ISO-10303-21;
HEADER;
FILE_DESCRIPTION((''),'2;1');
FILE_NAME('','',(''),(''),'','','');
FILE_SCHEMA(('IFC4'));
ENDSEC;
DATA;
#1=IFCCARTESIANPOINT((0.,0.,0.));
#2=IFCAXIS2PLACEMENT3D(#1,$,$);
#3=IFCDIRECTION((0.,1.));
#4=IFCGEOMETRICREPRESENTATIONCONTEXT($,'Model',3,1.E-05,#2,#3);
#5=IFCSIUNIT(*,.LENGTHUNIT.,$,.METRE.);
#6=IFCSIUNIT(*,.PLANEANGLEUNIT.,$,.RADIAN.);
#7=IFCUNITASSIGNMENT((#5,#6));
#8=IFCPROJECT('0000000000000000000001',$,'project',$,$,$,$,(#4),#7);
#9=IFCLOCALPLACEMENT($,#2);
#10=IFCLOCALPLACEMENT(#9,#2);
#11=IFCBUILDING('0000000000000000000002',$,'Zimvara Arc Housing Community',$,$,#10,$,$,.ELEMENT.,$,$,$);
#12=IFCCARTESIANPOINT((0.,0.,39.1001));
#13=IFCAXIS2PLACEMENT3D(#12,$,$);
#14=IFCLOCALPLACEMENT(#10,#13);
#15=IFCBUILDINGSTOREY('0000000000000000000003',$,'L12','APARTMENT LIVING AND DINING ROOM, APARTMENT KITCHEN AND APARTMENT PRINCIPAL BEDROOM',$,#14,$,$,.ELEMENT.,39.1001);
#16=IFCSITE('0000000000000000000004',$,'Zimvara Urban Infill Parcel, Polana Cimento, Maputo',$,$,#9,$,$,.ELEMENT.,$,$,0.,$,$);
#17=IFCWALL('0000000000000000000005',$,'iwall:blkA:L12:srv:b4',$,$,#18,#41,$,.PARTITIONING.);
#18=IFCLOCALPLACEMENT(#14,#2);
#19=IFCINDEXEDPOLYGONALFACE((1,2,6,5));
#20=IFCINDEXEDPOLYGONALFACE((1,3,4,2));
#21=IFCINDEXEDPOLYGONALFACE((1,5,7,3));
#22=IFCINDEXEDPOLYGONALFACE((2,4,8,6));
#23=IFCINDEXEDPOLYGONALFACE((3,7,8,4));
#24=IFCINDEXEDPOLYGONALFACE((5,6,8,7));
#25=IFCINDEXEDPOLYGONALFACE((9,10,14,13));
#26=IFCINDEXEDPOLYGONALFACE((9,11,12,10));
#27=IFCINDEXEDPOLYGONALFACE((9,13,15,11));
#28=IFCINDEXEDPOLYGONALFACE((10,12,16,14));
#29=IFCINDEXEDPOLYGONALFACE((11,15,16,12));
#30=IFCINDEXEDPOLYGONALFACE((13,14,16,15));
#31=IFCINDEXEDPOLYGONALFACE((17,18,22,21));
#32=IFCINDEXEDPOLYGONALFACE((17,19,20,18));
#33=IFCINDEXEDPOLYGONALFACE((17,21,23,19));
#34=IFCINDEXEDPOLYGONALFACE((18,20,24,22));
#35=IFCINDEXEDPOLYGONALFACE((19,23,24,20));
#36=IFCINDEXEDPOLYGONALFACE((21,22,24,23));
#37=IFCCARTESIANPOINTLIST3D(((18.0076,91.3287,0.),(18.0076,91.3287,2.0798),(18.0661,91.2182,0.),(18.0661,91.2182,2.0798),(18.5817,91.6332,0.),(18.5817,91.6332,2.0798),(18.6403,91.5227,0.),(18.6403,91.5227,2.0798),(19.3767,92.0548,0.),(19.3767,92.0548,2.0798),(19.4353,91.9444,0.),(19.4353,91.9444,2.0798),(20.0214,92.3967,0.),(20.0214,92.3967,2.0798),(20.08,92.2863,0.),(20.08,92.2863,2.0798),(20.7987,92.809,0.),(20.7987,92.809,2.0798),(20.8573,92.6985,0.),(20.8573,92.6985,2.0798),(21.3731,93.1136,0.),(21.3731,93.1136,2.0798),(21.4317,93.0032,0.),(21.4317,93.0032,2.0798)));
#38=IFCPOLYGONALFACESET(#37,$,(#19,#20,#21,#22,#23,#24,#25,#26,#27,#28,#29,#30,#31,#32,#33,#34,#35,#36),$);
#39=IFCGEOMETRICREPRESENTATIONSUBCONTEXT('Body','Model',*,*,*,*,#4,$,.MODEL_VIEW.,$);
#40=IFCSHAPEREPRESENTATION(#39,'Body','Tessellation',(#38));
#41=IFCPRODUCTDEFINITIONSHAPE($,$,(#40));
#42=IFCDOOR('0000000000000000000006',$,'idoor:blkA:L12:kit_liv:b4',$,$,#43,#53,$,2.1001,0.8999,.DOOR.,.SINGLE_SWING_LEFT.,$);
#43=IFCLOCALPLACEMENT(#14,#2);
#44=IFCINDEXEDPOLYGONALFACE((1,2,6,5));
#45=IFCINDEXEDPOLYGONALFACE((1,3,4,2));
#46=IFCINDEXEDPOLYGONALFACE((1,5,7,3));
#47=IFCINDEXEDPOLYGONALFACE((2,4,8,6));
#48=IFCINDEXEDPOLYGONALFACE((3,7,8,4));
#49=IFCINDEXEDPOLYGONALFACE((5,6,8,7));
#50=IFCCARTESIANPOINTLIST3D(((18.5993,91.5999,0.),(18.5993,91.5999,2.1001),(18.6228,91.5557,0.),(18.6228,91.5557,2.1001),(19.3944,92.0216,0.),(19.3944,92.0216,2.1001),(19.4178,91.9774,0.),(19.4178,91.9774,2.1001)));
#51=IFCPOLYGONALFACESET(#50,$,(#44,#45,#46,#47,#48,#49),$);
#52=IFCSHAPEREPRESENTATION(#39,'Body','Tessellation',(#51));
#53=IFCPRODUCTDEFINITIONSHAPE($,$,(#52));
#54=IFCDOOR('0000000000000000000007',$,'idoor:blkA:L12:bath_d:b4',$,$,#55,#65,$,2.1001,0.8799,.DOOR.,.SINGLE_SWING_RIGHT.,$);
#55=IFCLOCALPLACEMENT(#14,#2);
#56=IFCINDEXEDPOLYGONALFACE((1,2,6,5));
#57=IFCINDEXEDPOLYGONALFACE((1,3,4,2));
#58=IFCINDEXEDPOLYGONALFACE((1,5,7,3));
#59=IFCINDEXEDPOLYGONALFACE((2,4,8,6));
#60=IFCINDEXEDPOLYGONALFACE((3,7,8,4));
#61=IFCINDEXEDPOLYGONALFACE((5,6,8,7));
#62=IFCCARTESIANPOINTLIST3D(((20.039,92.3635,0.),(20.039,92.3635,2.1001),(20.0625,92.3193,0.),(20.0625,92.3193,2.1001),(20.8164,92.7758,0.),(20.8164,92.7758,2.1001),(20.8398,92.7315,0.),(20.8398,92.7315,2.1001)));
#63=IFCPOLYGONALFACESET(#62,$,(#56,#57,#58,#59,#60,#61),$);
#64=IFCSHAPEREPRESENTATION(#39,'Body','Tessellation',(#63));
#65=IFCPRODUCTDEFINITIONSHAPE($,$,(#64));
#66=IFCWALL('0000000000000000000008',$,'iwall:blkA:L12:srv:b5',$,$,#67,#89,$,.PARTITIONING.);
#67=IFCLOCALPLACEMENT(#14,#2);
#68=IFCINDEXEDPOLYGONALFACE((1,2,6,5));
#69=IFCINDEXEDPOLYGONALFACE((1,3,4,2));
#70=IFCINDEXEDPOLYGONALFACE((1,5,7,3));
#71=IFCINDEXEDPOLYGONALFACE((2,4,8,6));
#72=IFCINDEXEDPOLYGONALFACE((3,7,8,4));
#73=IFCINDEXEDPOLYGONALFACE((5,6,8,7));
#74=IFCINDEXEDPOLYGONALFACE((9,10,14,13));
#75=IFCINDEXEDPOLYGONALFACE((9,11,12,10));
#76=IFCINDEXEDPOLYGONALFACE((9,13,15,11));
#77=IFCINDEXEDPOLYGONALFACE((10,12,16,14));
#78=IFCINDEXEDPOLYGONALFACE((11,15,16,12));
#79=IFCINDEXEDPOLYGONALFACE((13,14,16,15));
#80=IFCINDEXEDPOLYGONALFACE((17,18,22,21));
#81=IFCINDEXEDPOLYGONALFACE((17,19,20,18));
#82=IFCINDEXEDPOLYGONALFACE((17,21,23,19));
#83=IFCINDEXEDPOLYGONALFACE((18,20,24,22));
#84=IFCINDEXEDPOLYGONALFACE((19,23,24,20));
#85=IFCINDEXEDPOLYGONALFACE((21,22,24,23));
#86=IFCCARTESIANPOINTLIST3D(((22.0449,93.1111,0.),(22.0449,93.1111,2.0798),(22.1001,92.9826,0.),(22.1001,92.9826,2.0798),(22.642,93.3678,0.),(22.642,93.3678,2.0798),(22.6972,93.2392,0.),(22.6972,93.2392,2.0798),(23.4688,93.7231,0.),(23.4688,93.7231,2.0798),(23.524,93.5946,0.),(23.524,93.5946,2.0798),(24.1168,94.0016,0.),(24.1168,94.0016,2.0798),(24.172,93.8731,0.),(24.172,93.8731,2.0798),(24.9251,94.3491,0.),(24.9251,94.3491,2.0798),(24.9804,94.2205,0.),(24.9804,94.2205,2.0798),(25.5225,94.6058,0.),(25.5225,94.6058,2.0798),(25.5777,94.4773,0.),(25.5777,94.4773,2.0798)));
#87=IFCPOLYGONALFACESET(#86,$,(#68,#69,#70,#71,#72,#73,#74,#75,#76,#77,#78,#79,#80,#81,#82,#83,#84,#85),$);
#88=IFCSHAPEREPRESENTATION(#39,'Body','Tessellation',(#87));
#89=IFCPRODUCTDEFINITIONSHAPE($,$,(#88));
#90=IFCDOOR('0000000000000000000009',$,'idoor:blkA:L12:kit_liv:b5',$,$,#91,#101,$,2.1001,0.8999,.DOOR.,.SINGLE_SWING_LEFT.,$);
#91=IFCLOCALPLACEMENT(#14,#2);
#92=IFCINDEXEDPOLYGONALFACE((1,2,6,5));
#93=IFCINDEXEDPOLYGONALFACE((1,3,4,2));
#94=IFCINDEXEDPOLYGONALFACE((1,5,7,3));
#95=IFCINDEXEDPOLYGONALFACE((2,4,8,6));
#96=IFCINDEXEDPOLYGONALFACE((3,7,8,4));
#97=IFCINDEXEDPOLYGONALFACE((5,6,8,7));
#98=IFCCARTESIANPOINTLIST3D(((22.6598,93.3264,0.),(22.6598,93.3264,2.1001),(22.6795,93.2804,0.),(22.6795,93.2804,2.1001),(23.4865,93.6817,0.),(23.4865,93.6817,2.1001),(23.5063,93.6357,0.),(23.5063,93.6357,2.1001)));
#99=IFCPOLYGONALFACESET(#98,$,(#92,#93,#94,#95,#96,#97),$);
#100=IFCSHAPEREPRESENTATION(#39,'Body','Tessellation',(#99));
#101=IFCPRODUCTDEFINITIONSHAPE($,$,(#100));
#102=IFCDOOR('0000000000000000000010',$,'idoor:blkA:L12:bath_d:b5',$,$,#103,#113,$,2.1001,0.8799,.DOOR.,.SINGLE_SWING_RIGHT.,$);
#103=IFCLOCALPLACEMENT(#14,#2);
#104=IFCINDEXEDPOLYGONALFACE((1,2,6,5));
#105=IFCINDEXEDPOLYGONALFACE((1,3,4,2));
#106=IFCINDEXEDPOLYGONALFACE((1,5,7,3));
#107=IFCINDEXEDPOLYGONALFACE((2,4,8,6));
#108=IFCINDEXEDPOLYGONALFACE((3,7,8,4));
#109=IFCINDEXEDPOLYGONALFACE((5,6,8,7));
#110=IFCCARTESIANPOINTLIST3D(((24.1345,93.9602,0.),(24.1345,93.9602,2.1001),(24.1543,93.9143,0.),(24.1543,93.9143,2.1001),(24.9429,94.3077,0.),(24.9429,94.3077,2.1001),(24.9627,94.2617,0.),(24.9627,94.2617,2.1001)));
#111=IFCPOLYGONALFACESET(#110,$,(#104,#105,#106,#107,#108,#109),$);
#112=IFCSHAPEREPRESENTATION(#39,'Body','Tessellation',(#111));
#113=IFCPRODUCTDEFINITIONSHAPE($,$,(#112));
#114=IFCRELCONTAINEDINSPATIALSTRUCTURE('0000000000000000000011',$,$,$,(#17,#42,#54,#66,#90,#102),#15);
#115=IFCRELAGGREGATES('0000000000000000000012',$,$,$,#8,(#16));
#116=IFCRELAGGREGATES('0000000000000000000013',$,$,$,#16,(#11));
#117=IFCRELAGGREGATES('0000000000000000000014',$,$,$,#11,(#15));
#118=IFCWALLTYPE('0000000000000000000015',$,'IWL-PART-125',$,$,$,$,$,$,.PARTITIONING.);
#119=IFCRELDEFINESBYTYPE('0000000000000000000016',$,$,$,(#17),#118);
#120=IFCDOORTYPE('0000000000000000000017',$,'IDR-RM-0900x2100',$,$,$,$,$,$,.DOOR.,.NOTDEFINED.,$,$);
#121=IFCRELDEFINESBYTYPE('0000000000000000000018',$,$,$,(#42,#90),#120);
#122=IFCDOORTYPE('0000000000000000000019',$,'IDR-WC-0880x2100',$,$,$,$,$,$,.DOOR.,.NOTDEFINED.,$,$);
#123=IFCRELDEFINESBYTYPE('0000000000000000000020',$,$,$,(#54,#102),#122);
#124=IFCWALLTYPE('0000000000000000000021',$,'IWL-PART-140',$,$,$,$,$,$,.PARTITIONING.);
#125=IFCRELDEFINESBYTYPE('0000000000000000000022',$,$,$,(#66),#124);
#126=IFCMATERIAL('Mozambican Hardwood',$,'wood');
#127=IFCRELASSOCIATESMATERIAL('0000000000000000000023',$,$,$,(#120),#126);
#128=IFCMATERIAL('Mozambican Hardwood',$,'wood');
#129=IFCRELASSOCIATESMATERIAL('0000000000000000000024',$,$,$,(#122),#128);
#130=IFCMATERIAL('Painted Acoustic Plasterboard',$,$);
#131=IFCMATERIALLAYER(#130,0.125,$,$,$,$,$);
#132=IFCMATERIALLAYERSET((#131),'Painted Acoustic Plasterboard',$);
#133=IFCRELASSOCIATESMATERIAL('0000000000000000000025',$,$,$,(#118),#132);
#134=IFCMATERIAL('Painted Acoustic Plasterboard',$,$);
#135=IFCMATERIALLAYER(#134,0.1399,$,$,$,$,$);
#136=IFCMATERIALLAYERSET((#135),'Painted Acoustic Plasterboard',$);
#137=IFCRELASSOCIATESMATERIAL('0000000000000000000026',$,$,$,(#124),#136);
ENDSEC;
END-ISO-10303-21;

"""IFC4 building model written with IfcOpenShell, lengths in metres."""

from ifc_helpers import new_model, si_unit, direction, frame, frame_2d, origin, place, context, subcontext, project, spatial, rectangle, extrude, material, layer, layer_set, type_object, element, fill, save


model = new_model("IFC4")

# Units and contexts
model_context = context("Model", 3, precision=1e-05, world=origin(), true_north=direction((0.0, 1.0)))
body_context = subcontext(model_context, "Body", "Model", "MODEL_VIEW")
ifc_project = project(units=[si_unit("LENGTHUNIT", "METRE"), si_unit("PLANEANGLEUNIT", "RADIAN")], contexts=[model_context])

# Site, building, storey
site_placement = place(None, origin())
site = spatial("IfcSite", under=ifc_project, at=site_placement, Name="Zimvara Urban Infill Parcel, Polana Cimento, Maputo", CompositionType="ELEMENT", RefElevation=0.0)
building_placement = place(site_placement, origin())
building = spatial("IfcBuilding", under=site, at=building_placement, Name="Zimvara Arc Housing Community", CompositionType="ELEMENT")
storey_placement = place(building_placement, frame((0.0, 0.0, 39.1001)))
storey = spatial("IfcBuildingStorey", under=building, at=storey_placement, Name="L12", Description="APARTMENT LIVING AND DINING ROOM, APARTMENT KITCHEN AND APARTMENT PRINCIPAL BEDROOM", CompositionType="ELEMENT", Elevation=39.1001)

# Shared definitions
ifc_material_1 = material(Name="Mozambican Hardwood", Category="wood")
door_type_1 = type_object("IfcDoorType", Name="IDR-RM-0900x2100", OperationType="NOTDEFINED", PredefinedType="DOOR", material=ifc_material_1)
ifc_material_2 = material(Name="Mozambican Hardwood", Category="wood")
door_type_2 = type_object("IfcDoorType", Name="IDR-WC-0880x2100", OperationType="NOTDEFINED", PredefinedType="DOOR", material=ifc_material_2)

# Walls, openings, doors
ifc_material_3 = material(Name="Painted Acoustic Plasterboard")
ifc_layer_1 = layer(ifc_material_3, 0.125)
ifc_layer_set_1 = layer_set([ifc_layer_1], Name="Painted Acoustic Plasterboard")
wall_type_1 = type_object("IfcWallType", Name="IWL-PART-125", PredefinedType="PARTITIONING", material=ifc_layer_set_1)
wall_1_placement = place(storey_placement, frame((18.0369, 91.2734, 0.0), z_axis=(0.0, 0.0, 1.0), x_axis=(0.883442, 0.468541, 0.0)))
wall_1 = element("IfcWall", 1, at=wall_1_placement, inside=storey, type_object=wall_type_1, Name="iwall:blkA:L12:srv:b4", PredefinedType="PARTITIONING", context=body_context, shape_type="SweptSolid", body=[
    extrude(rectangle(XDim=3.8096, YDim=0.125, at=frame_2d((1.9048, 0.0))), origin(), (0.0, 0.0, 1.0), 2.0798),
])
opening_1_placement = place(wall_1_placement, frame((0.6499, 0.0, 0.0)))
opening_1 = element("IfcOpeningElement", 2, at=opening_1_placement, cuts=wall_1, PredefinedType="OPENING", context=body_context, shape_type="SweptSolid", body=[
    extrude(rectangle(XDim=0.8999, YDim=2.1001, at=frame_2d((0.45, 1.05))), frame((0.0, 0.0725, 0.0), z_axis=(0.0, -1.0, 0.0), x_axis=(1.0, 0.0, 0.0)), (0.0, 0.0, 1.0), 0.145),
])
opening_2_placement = place(wall_1_placement, frame((2.2795, 0.0, 0.0)))
opening_2 = element("IfcOpeningElement", 3, at=opening_2_placement, cuts=wall_1, PredefinedType="OPENING", context=body_context, shape_type="SweptSolid", body=[
    extrude(rectangle(XDim=0.8799, YDim=2.1001, at=frame_2d((0.4399, 1.05))), frame((0.0, 0.0725, 0.0), z_axis=(0.0, -1.0, 0.0), x_axis=(1.0, 0.0, 0.0)), (0.0, 0.0, 1.0), 0.145),
])
door_1_placement = place(opening_1_placement, origin())
door_1 = element("IfcDoor", 4, at=door_1_placement, inside=storey, type_object=door_type_1, Name="idoor:blkA:L12:kit_liv:b4", OperationType="SINGLE_SWING_LEFT", OverallHeight=2.1001, OverallWidth=0.8999, PredefinedType="DOOR", context=body_context, shape_type="SweptSolid", body=[
    extrude(rectangle(XDim=0.8999, YDim=2.1001, at=frame_2d((0.45, 1.05))), frame((0.0, 0.0249, 0.0), z_axis=(0.0, -1.0, 0.0), x_axis=(1.0, 0.0, 0.0)), (0.0, 0.0, 1.0), 0.05),
])
fill(opening_1, door_1)
door_2_placement = place(opening_2_placement, origin())
door_2 = element("IfcDoor", 5, at=door_2_placement, inside=storey, type_object=door_type_2, Name="idoor:blkA:L12:bath_d:b4", OperationType="SINGLE_SWING_RIGHT", OverallHeight=2.1001, OverallWidth=0.8799, PredefinedType="DOOR", context=body_context, shape_type="SweptSolid", body=[
    extrude(rectangle(XDim=0.8799, YDim=2.1001, at=frame_2d((0.4399, 1.05))), frame((0.0, 0.0249, 0.0), z_axis=(0.0, -1.0, 0.0), x_axis=(1.0, 0.0, 0.0)), (0.0, 0.0, 1.0), 0.05),
])
fill(opening_2, door_2)
ifc_material_4 = material(Name="Painted Acoustic Plasterboard")
ifc_layer_2 = layer(ifc_material_4, 0.1399)
ifc_layer_set_2 = layer_set([ifc_layer_2], Name="Painted Acoustic Plasterboard")
wall_type_2 = type_object("IfcWallType", Name="IWL-PART-140", PredefinedType="PARTITIONING", material=ifc_layer_set_2)
wall_2_placement = place(storey_placement, frame((22.0725, 93.0469, 0.0), z_axis=(0.0, 0.0, 1.0), x_axis=(0.918738, 0.394869, 0.0)))
wall_2 = element("IfcWall", 6, at=wall_2_placement, inside=storey, type_object=wall_type_2, Name="iwall:blkA:L12:srv:b5", PredefinedType="PARTITIONING", context=body_context, shape_type="SweptSolid", body=[
    extrude(rectangle(XDim=3.7852, YDim=0.1399, at=frame_2d((1.8926, 0.0))), origin(), (0.0, 0.0, 1.0), 2.0798),
])
opening_3_placement = place(wall_2_placement, frame((0.6499, 0.0, 0.0)))
opening_3 = element("IfcOpeningElement", 7, at=opening_3_placement, cuts=wall_2, PredefinedType="OPENING", context=body_context, shape_type="SweptSolid", body=[
    extrude(rectangle(XDim=0.8999, YDim=2.1001, at=frame_2d((0.45, 1.05))), frame((0.0, 0.0798, 0.0), z_axis=(0.0, -1.0, 0.0), x_axis=(1.0, 0.0, 0.0)), (0.0, 0.0, 1.0), 0.1599),
])
opening_4_placement = place(wall_2_placement, frame((2.2551, 0.0, 0.0)))
opening_4 = element("IfcOpeningElement", 8, at=opening_4_placement, cuts=wall_2, PredefinedType="OPENING", context=body_context, shape_type="SweptSolid", body=[
    extrude(rectangle(XDim=0.8799, YDim=2.1001, at=frame_2d((0.4399, 1.05))), frame((0.0, 0.0798, 0.0), z_axis=(0.0, -1.0, 0.0), x_axis=(1.0, 0.0, 0.0)), (0.0, 0.0, 1.0), 0.1599),
])
door_3_placement = place(opening_3_placement, origin())
door_3 = element("IfcDoor", 9, at=door_3_placement, inside=storey, type_object=door_type_1, Name="idoor:blkA:L12:kit_liv:b5", OperationType="SINGLE_SWING_LEFT", OverallHeight=2.1001, OverallWidth=0.8999, PredefinedType="DOOR", context=body_context, shape_type="SweptSolid", body=[
    extrude(rectangle(XDim=0.8999, YDim=2.1001, at=frame_2d((0.45, 1.05))), frame((0.0, 0.0249, 0.0), z_axis=(0.0, -1.0, 0.0), x_axis=(1.0, 0.0, 0.0)), (0.0, 0.0, 1.0), 0.05),
])
fill(opening_3, door_3)
door_4_placement = place(opening_4_placement, origin())
door_4 = element("IfcDoor", 10, at=door_4_placement, inside=storey, type_object=door_type_2, Name="idoor:blkA:L12:bath_d:b5", OperationType="SINGLE_SWING_RIGHT", OverallHeight=2.1001, OverallWidth=0.8799, PredefinedType="DOOR", context=body_context, shape_type="SweptSolid", body=[
    extrude(rectangle(XDim=0.8799, YDim=2.1001, at=frame_2d((0.4399, 1.05))), frame((0.0, 0.0249, 0.0), z_axis=(0.0, -1.0, 0.0), x_axis=(1.0, 0.0, 0.0)), (0.0, 0.0, 1.0), 0.05),
])
fill(opening_4, door_4)

save(model, "model.ifc")
